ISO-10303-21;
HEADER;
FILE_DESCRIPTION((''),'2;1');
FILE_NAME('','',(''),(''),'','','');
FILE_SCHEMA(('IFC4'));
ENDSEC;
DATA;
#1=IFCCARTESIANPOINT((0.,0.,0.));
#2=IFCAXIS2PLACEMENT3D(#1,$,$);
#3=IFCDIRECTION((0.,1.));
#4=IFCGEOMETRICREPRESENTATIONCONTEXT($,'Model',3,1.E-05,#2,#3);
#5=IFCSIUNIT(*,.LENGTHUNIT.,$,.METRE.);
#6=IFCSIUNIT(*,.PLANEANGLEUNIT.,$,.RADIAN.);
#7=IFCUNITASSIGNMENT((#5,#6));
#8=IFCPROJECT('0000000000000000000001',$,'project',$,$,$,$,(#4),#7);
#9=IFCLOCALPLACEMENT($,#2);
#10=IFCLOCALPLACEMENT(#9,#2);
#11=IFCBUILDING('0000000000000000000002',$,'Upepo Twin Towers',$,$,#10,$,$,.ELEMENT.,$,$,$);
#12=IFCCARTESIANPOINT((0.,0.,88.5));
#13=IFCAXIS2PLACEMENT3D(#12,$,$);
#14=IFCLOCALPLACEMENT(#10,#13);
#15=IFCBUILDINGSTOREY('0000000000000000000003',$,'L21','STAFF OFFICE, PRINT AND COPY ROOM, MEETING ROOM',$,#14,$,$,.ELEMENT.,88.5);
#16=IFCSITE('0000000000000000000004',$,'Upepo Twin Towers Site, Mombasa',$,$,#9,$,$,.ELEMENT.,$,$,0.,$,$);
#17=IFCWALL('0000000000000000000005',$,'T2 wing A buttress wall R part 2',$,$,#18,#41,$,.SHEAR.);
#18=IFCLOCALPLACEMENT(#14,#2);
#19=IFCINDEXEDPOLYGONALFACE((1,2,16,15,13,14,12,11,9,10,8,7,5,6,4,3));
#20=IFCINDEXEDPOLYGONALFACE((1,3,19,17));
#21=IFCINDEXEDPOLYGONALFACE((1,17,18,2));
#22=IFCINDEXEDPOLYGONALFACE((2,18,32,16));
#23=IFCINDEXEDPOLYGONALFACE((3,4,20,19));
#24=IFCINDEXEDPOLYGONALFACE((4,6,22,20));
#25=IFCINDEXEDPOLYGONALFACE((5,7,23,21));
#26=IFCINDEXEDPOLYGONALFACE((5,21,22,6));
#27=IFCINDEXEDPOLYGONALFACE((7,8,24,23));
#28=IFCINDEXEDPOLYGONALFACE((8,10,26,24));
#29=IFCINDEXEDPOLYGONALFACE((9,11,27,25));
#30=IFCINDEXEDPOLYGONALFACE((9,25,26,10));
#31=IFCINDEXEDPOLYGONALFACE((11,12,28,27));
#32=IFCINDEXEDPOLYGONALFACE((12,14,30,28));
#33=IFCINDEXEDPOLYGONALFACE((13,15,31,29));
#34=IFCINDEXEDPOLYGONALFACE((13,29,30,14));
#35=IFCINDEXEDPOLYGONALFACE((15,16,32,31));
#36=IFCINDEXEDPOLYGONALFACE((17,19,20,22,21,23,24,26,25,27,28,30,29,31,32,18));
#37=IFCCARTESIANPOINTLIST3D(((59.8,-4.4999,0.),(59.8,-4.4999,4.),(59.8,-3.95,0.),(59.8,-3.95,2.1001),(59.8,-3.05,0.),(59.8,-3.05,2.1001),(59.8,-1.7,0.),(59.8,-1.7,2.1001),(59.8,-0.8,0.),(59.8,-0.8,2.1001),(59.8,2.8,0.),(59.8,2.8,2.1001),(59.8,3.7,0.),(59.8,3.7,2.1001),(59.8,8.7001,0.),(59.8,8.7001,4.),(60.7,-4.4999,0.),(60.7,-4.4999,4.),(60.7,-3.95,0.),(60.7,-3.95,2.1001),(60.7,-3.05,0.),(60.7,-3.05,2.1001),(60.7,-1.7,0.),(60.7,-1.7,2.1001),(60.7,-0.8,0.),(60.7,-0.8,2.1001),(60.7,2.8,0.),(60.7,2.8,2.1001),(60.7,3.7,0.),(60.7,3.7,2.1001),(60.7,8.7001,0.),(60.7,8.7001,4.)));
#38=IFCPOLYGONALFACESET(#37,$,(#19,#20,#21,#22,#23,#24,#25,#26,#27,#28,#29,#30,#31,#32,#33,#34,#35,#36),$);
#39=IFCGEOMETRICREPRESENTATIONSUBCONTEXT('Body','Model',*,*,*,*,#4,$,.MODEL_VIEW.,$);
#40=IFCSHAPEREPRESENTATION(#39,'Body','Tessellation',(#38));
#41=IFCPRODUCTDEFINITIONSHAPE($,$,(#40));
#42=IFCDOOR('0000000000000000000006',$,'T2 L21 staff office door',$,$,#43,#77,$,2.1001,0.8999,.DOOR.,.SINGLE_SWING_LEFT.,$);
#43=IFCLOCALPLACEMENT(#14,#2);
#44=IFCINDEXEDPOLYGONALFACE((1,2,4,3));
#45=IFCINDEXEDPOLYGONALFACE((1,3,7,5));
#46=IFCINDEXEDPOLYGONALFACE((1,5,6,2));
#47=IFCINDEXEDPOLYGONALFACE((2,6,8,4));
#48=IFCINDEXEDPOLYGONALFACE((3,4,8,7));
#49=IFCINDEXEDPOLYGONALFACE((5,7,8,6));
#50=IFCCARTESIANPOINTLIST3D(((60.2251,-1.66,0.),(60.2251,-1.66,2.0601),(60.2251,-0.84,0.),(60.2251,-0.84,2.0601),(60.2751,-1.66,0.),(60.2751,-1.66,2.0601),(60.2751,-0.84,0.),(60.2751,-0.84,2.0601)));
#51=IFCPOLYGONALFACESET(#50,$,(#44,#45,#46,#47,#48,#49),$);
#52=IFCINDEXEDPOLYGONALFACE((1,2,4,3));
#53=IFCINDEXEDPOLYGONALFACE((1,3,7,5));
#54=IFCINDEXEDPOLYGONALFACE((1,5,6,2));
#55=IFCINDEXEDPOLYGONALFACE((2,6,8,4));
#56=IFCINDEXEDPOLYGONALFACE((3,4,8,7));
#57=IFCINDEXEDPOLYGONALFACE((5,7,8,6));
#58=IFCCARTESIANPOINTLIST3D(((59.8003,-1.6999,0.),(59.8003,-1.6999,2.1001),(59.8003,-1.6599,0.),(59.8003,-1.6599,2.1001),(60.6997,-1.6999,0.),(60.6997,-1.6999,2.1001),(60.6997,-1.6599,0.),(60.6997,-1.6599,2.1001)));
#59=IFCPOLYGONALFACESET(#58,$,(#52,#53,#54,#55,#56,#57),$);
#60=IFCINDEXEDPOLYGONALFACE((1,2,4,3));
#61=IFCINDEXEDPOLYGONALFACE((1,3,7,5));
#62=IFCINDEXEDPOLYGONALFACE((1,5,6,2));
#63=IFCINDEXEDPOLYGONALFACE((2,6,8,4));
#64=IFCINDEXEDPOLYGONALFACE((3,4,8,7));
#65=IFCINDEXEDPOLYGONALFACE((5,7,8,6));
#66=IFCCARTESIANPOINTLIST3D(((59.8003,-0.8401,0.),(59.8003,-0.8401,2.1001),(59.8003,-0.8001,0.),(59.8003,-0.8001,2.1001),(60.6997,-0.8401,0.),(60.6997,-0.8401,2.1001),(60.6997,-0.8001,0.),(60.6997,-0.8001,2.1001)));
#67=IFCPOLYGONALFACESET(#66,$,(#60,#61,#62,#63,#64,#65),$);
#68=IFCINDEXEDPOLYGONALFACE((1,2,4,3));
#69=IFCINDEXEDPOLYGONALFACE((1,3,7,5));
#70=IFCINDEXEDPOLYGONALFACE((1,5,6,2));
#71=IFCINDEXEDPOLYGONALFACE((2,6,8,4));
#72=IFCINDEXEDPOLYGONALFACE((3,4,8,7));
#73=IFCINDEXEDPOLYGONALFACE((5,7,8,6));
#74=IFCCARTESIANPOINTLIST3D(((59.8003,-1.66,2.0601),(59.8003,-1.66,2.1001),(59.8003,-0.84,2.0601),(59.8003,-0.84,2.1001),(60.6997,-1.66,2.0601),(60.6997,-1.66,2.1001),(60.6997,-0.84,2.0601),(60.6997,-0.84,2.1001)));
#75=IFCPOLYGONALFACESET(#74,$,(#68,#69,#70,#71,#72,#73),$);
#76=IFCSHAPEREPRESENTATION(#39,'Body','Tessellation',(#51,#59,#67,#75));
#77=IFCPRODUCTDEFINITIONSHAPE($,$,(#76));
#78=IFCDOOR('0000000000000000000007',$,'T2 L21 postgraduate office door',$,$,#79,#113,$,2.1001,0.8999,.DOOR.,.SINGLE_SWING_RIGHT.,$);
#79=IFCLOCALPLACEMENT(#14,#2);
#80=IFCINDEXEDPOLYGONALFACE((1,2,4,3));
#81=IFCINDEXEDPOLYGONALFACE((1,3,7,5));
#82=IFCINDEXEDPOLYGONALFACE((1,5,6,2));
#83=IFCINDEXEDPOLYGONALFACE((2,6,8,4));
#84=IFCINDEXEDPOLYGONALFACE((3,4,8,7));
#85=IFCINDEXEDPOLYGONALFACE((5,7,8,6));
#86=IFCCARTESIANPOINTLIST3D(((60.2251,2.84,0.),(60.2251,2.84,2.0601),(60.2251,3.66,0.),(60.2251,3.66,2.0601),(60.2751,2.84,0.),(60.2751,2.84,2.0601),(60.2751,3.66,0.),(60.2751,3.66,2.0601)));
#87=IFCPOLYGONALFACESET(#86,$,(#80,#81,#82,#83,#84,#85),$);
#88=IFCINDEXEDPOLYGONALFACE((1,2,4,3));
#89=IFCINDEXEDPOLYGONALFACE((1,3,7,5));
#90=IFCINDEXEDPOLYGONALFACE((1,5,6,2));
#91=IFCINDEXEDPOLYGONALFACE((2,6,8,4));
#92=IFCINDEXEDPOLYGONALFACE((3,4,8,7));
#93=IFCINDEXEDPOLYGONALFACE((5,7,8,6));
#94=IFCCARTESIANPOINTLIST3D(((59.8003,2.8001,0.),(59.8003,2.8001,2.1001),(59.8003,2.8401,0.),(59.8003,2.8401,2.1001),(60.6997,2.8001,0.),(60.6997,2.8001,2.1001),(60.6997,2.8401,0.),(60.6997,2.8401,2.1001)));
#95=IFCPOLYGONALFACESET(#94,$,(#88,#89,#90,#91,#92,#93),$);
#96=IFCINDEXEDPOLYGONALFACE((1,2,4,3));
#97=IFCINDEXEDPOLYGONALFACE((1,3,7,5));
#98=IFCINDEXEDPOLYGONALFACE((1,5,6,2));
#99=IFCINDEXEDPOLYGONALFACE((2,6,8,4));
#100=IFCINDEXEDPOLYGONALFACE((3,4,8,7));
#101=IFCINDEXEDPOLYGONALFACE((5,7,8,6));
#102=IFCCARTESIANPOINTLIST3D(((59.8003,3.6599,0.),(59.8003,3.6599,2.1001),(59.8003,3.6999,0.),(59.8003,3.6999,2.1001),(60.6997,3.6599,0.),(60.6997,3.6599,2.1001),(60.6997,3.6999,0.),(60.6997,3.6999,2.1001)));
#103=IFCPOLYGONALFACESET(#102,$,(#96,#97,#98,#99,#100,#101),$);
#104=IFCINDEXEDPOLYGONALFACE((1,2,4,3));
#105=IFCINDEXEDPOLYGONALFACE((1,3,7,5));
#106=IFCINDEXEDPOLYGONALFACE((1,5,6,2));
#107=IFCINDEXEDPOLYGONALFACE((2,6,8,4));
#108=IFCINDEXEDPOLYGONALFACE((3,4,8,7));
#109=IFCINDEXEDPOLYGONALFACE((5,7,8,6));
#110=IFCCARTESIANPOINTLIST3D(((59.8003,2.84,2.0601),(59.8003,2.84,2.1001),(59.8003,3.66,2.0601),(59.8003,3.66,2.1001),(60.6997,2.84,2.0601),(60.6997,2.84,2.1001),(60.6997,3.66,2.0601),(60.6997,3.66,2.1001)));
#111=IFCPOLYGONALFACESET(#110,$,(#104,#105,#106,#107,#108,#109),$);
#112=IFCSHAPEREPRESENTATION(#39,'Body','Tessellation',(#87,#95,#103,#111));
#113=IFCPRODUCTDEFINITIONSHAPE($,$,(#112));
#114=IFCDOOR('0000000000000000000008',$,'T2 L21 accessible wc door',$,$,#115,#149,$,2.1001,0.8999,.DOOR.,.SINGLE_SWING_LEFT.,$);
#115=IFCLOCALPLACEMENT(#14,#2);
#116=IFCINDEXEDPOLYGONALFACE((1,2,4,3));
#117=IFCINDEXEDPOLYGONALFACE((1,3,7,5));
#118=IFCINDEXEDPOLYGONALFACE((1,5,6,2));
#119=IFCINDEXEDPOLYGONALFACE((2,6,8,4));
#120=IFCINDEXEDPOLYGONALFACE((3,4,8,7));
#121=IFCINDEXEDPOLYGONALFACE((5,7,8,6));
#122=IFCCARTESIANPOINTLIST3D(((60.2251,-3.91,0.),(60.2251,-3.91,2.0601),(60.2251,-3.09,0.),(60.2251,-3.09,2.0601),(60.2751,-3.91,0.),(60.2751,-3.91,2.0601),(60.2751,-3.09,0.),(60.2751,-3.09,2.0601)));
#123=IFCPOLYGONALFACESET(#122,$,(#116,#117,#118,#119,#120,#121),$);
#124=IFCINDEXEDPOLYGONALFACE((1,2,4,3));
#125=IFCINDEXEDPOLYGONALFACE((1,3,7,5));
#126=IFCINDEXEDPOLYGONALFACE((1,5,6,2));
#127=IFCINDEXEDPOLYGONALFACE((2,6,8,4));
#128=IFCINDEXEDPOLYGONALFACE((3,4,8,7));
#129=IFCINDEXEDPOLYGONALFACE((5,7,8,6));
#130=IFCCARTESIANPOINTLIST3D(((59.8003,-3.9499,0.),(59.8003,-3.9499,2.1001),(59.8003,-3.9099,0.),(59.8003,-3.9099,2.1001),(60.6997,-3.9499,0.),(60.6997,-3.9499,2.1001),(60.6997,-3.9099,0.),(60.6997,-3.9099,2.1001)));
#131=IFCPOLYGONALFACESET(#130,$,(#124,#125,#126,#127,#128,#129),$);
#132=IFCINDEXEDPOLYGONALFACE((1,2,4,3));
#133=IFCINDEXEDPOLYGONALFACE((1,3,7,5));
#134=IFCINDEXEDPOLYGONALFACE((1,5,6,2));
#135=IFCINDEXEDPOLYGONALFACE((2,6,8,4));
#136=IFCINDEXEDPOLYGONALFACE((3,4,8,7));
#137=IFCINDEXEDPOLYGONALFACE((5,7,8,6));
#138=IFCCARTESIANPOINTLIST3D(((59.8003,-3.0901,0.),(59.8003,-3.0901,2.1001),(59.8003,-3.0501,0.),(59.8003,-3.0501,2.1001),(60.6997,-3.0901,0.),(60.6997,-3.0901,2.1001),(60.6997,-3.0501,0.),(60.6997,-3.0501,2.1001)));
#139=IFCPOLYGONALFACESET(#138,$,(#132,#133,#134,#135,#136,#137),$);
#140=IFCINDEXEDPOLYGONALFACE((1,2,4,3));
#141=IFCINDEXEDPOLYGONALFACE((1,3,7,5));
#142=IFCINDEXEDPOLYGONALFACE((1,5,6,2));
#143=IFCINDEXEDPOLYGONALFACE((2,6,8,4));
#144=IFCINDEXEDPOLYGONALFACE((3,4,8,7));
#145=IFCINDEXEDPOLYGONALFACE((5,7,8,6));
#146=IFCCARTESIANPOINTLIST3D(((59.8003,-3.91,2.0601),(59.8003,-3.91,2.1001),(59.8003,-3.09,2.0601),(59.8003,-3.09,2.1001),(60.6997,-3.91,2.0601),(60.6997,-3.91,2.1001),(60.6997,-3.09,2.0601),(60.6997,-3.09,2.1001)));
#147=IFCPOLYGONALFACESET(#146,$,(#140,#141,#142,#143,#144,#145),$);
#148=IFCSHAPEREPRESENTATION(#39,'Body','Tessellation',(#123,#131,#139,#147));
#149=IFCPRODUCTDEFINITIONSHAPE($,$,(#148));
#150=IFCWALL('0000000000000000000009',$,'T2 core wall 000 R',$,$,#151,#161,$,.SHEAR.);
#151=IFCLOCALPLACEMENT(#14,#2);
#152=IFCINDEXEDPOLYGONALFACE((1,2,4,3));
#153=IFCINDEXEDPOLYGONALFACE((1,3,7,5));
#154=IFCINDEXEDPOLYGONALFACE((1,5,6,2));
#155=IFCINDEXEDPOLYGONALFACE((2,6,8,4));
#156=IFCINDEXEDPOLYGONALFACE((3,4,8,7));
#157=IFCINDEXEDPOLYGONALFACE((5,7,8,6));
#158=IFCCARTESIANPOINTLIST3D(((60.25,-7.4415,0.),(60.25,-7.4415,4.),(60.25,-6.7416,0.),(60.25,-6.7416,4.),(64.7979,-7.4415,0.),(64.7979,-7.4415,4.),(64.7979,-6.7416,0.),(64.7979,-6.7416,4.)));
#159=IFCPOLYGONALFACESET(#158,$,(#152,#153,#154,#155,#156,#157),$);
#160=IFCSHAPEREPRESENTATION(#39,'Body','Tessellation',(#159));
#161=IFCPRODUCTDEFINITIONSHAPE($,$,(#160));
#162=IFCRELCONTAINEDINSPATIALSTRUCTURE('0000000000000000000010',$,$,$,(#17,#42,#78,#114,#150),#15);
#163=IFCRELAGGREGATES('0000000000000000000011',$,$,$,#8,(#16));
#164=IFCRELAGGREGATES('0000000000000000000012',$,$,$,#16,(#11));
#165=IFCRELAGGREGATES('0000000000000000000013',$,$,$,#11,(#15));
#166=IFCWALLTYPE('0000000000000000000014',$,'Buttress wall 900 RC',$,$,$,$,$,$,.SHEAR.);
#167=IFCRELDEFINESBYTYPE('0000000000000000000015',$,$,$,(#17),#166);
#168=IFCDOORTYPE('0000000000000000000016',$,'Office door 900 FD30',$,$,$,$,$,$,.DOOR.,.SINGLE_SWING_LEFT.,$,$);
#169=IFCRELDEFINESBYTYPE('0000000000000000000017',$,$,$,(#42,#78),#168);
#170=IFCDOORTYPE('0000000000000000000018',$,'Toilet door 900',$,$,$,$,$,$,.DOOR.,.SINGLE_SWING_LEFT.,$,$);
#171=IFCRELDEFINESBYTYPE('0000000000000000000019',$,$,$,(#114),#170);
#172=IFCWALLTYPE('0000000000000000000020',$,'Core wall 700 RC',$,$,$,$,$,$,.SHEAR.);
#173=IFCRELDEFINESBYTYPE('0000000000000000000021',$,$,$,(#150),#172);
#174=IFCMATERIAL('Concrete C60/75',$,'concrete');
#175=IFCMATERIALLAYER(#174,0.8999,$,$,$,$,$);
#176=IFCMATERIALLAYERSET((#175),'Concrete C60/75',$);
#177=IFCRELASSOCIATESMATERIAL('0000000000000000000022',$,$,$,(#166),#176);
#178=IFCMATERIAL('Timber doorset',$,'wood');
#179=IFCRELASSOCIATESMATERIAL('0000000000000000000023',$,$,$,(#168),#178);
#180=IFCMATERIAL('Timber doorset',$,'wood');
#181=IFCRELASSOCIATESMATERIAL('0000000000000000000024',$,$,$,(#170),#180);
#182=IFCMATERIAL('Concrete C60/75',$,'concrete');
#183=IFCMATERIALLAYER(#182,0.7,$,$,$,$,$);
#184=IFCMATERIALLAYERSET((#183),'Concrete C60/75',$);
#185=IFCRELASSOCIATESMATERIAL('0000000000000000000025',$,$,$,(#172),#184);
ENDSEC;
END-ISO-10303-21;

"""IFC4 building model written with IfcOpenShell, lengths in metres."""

from ifc_helpers import new_model, si_unit, direction, frame, frame_2d, origin, place, context, subcontext, project, spatial, rectangle, extrude, material, layer, layer_set, type_object, element, fill, save


model = new_model("IFC4")

# Units and contexts
model_context = context("Model", 3, precision=1e-05, world=origin(), true_north=direction((0.0, 1.0)))
body_context = subcontext(model_context, "Body", "Model", "MODEL_VIEW")
ifc_project = project(units=[si_unit("LENGTHUNIT", "METRE"), si_unit("PLANEANGLEUNIT", "RADIAN")], contexts=[model_context])

# Site, building, storey
site_placement = place(None, origin())
site = spatial("IfcSite", under=ifc_project, at=site_placement, Name="Upepo Twin Towers Site, Mombasa", CompositionType="ELEMENT", RefElevation=0.0)
building_placement = place(site_placement, origin())
building = spatial("IfcBuilding", under=site, at=building_placement, Name="Upepo Twin Towers", CompositionType="ELEMENT")
storey_placement = place(building_placement, frame((0.0, 0.0, 88.5)))
storey = spatial("IfcBuildingStorey", under=building, at=storey_placement, Name="L21", Description="STAFF OFFICE, PRINT AND COPY ROOM, MEETING ROOM", CompositionType="ELEMENT", Elevation=88.5)

# Wall, openings, doors
ifc_material_1 = material(Name="Concrete C60/75", Category="concrete")
ifc_layer_1 = layer(ifc_material_1, 0.8999)
ifc_layer_set_1 = layer_set([ifc_layer_1], Name="Concrete C60/75")
wall_type_1 = type_object("IfcWallType", Name="Buttress wall 900 RC", PredefinedType="SHEAR", material=ifc_layer_set_1)
wall_1_placement = place(storey_placement, frame((60.25, -4.5, 0.0), z_axis=(0.0, 0.0, 1.0), x_axis=(0.0, 1.0, 0.0)))
wall_1 = element("IfcWall", 1, at=wall_1_placement, inside=storey, type_object=wall_type_1, Name="T2 wing A buttress wall R part 2", PredefinedType="SHEAR", context=body_context, shape_type="SweptSolid", body=[
    extrude(rectangle(XDim=13.2, YDim=0.8999, at=frame_2d((6.6001, 0.0))), origin(), (0.0, 0.0, 1.0), 4.0),
])
opening_1_placement = place(wall_1_placement, frame((0.55, 0.0, 0.0)))
opening_1 = element("IfcOpeningElement", 2, at=opening_1_placement, cuts=wall_1, PredefinedType="OPENING", context=body_context, shape_type="SweptSolid", body=[
    extrude(rectangle(XDim=0.8999, YDim=2.1001, at=frame_2d((0.45, 1.05))), frame((0.0, 0.46, 0.0), z_axis=(0.0, -1.0, 0.0), x_axis=(1.0, 0.0, 0.0)), (0.0, 0.0, 1.0), 0.9199),
])
opening_2_placement = place(wall_1_placement, frame((2.8, 0.0, 0.0)))
opening_2 = element("IfcOpeningElement", 3, at=opening_2_placement, cuts=wall_1, PredefinedType="OPENING", context=body_context, shape_type="SweptSolid", body=[
    extrude(rectangle(XDim=0.8999, YDim=2.1001, at=frame_2d((0.45, 1.05))), frame((0.0, 0.46, 0.0), z_axis=(0.0, -1.0, 0.0), x_axis=(1.0, 0.0, 0.0)), (0.0, 0.0, 1.0), 0.9199),
])
opening_3_placement = place(wall_1_placement, frame((7.3, 0.0, 0.0)))
opening_3 = element("IfcOpeningElement", 4, at=opening_3_placement, cuts=wall_1, PredefinedType="OPENING", context=body_context, shape_type="SweptSolid", body=[
    extrude(rectangle(XDim=0.8999, YDim=2.1001, at=frame_2d((0.45, 1.05))), frame((0.0, 0.46, 0.0), z_axis=(0.0, -1.0, 0.0), x_axis=(1.0, 0.0, 0.0)), (0.0, 0.0, 1.0), 0.9199),
])
ifc_material_2 = material(Name="Timber doorset", Category="wood")
door_type_1 = type_object("IfcDoorType", Name="Office door 900 FD30", OperationType="SINGLE_SWING_LEFT", PredefinedType="DOOR", material=ifc_material_2)
door_1_placement = place(opening_2_placement, origin())
door_1 = element("IfcDoor", 5, at=door_1_placement, inside=storey, type_object=door_type_1, Name="T2 L21 staff office door", OperationType="SINGLE_SWING_LEFT", OverallHeight=2.1001, OverallWidth=0.8999, PredefinedType="DOOR", context=body_context, shape_type="SweptSolid", body=[
    extrude(rectangle(XDim=0.8199, YDim=2.0601, at=frame_2d((0.45, 1.03))), frame((0.0, 0.0249, 0.0), z_axis=(0.0, -1.0, 0.0), x_axis=(1.0, 0.0, 0.0)), (0.0, 0.0, 1.0), 0.05),
    extrude(rectangle(XDim=0.04, YDim=2.1001, at=frame_2d((0.02, 1.05))), frame((0.0, 0.4497, 0.0), z_axis=(0.0, -1.0, 0.0), x_axis=(1.0, 0.0, 0.0)), (0.0, 0.0, 1.0), 0.8994),
    extrude(rectangle(XDim=0.04, YDim=2.1001, at=frame_2d((0.8799, 1.05))), frame((0.0, 0.4497, 0.0), z_axis=(0.0, -1.0, 0.0), x_axis=(1.0, 0.0, 0.0)), (0.0, 0.0, 1.0), 0.8994),
    extrude(rectangle(XDim=0.8199, YDim=0.04, at=frame_2d((0.45, 2.0801))), frame((0.0, 0.4497, 0.0), z_axis=(0.0, -1.0, 0.0), x_axis=(1.0, 0.0, 0.0)), (0.0, 0.0, 1.0), 0.8994),
])
fill(opening_2, door_1)
door_2_placement = place(opening_3_placement, origin())
door_2 = element("IfcDoor", 6, at=door_2_placement, inside=storey, type_object=door_type_1, Name="T2 L21 postgraduate office door", OperationType="SINGLE_SWING_RIGHT", OverallHeight=2.1001, OverallWidth=0.8999, PredefinedType="DOOR", context=body_context, shape_type="SweptSolid", body=[
    extrude(rectangle(XDim=0.8199, YDim=2.0601, at=frame_2d((0.45, 1.03))), frame((0.0, 0.0249, 0.0), z_axis=(0.0, -1.0, 0.0), x_axis=(1.0, 0.0, 0.0)), (0.0, 0.0, 1.0), 0.05),
    extrude(rectangle(XDim=0.04, YDim=2.1001, at=frame_2d((0.02, 1.05))), frame((0.0, 0.4497, 0.0), z_axis=(0.0, -1.0, 0.0), x_axis=(1.0, 0.0, 0.0)), (0.0, 0.0, 1.0), 0.8994),
    extrude(rectangle(XDim=0.04, YDim=2.1001, at=frame_2d((0.8799, 1.05))), frame((0.0, 0.4497, 0.0), z_axis=(0.0, -1.0, 0.0), x_axis=(1.0, 0.0, 0.0)), (0.0, 0.0, 1.0), 0.8994),
    extrude(rectangle(XDim=0.8199, YDim=0.04, at=frame_2d((0.45, 2.0801))), frame((0.0, 0.4497, 0.0), z_axis=(0.0, -1.0, 0.0), x_axis=(1.0, 0.0, 0.0)), (0.0, 0.0, 1.0), 0.8994),
])
fill(opening_3, door_2)
ifc_material_3 = material(Name="Timber doorset", Category="wood")
door_type_2 = type_object("IfcDoorType", Name="Toilet door 900", OperationType="SINGLE_SWING_LEFT", PredefinedType="DOOR", material=ifc_material_3)
door_3_placement = place(opening_1_placement, origin())
door_3 = element("IfcDoor", 7, at=door_3_placement, inside=storey, type_object=door_type_2, Name="T2 L21 accessible wc door", OperationType="SINGLE_SWING_LEFT", OverallHeight=2.1001, OverallWidth=0.8999, PredefinedType="DOOR", context=body_context, shape_type="SweptSolid", body=[
    extrude(rectangle(XDim=0.8199, YDim=2.0601, at=frame_2d((0.45, 1.03))), frame((0.0, 0.0249, 0.0), z_axis=(0.0, -1.0, 0.0), x_axis=(1.0, 0.0, 0.0)), (0.0, 0.0, 1.0), 0.05),
    extrude(rectangle(XDim=0.04, YDim=2.1001, at=frame_2d((0.02, 1.05))), frame((0.0, 0.4497, 0.0), z_axis=(0.0, -1.0, 0.0), x_axis=(1.0, 0.0, 0.0)), (0.0, 0.0, 1.0), 0.8994),
    extrude(rectangle(XDim=0.04, YDim=2.1001, at=frame_2d((0.8799, 1.05))), frame((0.0, 0.4497, 0.0), z_axis=(0.0, -1.0, 0.0), x_axis=(1.0, 0.0, 0.0)), (0.0, 0.0, 1.0), 0.8994),
    extrude(rectangle(XDim=0.8199, YDim=0.04, at=frame_2d((0.45, 2.0801))), frame((0.0, 0.4497, 0.0), z_axis=(0.0, -1.0, 0.0), x_axis=(1.0, 0.0, 0.0)), (0.0, 0.0, 1.0), 0.8994),
])
fill(opening_1, door_3)

# Wall
ifc_material_4 = material(Name="Concrete C60/75", Category="concrete")
ifc_layer_2 = layer(ifc_material_4, 0.7)
ifc_layer_set_2 = layer_set([ifc_layer_2], Name="Concrete C60/75")
wall_type_2 = type_object("IfcWallType", Name="Core wall 700 RC", PredefinedType="SHEAR", material=ifc_layer_set_2)
wall_2_placement = place(storey_placement, frame((64.7979, -7.0916, 0.0), z_axis=(0.0, 0.0, 1.0), x_axis=(-1.0, 0.0, 0.0)))
element("IfcWall", 8, at=wall_2_placement, inside=storey, type_object=wall_type_2, Name="T2 core wall 000 R", PredefinedType="SHEAR", context=body_context, shape_type="SweptSolid", body=[
    extrude(rectangle(XDim=4.5479, YDim=0.7, at=frame_2d((2.2739, 0.0))), origin(), (0.0, 0.0, 1.0), 4.0),
])

save(model, "model.ifc")
